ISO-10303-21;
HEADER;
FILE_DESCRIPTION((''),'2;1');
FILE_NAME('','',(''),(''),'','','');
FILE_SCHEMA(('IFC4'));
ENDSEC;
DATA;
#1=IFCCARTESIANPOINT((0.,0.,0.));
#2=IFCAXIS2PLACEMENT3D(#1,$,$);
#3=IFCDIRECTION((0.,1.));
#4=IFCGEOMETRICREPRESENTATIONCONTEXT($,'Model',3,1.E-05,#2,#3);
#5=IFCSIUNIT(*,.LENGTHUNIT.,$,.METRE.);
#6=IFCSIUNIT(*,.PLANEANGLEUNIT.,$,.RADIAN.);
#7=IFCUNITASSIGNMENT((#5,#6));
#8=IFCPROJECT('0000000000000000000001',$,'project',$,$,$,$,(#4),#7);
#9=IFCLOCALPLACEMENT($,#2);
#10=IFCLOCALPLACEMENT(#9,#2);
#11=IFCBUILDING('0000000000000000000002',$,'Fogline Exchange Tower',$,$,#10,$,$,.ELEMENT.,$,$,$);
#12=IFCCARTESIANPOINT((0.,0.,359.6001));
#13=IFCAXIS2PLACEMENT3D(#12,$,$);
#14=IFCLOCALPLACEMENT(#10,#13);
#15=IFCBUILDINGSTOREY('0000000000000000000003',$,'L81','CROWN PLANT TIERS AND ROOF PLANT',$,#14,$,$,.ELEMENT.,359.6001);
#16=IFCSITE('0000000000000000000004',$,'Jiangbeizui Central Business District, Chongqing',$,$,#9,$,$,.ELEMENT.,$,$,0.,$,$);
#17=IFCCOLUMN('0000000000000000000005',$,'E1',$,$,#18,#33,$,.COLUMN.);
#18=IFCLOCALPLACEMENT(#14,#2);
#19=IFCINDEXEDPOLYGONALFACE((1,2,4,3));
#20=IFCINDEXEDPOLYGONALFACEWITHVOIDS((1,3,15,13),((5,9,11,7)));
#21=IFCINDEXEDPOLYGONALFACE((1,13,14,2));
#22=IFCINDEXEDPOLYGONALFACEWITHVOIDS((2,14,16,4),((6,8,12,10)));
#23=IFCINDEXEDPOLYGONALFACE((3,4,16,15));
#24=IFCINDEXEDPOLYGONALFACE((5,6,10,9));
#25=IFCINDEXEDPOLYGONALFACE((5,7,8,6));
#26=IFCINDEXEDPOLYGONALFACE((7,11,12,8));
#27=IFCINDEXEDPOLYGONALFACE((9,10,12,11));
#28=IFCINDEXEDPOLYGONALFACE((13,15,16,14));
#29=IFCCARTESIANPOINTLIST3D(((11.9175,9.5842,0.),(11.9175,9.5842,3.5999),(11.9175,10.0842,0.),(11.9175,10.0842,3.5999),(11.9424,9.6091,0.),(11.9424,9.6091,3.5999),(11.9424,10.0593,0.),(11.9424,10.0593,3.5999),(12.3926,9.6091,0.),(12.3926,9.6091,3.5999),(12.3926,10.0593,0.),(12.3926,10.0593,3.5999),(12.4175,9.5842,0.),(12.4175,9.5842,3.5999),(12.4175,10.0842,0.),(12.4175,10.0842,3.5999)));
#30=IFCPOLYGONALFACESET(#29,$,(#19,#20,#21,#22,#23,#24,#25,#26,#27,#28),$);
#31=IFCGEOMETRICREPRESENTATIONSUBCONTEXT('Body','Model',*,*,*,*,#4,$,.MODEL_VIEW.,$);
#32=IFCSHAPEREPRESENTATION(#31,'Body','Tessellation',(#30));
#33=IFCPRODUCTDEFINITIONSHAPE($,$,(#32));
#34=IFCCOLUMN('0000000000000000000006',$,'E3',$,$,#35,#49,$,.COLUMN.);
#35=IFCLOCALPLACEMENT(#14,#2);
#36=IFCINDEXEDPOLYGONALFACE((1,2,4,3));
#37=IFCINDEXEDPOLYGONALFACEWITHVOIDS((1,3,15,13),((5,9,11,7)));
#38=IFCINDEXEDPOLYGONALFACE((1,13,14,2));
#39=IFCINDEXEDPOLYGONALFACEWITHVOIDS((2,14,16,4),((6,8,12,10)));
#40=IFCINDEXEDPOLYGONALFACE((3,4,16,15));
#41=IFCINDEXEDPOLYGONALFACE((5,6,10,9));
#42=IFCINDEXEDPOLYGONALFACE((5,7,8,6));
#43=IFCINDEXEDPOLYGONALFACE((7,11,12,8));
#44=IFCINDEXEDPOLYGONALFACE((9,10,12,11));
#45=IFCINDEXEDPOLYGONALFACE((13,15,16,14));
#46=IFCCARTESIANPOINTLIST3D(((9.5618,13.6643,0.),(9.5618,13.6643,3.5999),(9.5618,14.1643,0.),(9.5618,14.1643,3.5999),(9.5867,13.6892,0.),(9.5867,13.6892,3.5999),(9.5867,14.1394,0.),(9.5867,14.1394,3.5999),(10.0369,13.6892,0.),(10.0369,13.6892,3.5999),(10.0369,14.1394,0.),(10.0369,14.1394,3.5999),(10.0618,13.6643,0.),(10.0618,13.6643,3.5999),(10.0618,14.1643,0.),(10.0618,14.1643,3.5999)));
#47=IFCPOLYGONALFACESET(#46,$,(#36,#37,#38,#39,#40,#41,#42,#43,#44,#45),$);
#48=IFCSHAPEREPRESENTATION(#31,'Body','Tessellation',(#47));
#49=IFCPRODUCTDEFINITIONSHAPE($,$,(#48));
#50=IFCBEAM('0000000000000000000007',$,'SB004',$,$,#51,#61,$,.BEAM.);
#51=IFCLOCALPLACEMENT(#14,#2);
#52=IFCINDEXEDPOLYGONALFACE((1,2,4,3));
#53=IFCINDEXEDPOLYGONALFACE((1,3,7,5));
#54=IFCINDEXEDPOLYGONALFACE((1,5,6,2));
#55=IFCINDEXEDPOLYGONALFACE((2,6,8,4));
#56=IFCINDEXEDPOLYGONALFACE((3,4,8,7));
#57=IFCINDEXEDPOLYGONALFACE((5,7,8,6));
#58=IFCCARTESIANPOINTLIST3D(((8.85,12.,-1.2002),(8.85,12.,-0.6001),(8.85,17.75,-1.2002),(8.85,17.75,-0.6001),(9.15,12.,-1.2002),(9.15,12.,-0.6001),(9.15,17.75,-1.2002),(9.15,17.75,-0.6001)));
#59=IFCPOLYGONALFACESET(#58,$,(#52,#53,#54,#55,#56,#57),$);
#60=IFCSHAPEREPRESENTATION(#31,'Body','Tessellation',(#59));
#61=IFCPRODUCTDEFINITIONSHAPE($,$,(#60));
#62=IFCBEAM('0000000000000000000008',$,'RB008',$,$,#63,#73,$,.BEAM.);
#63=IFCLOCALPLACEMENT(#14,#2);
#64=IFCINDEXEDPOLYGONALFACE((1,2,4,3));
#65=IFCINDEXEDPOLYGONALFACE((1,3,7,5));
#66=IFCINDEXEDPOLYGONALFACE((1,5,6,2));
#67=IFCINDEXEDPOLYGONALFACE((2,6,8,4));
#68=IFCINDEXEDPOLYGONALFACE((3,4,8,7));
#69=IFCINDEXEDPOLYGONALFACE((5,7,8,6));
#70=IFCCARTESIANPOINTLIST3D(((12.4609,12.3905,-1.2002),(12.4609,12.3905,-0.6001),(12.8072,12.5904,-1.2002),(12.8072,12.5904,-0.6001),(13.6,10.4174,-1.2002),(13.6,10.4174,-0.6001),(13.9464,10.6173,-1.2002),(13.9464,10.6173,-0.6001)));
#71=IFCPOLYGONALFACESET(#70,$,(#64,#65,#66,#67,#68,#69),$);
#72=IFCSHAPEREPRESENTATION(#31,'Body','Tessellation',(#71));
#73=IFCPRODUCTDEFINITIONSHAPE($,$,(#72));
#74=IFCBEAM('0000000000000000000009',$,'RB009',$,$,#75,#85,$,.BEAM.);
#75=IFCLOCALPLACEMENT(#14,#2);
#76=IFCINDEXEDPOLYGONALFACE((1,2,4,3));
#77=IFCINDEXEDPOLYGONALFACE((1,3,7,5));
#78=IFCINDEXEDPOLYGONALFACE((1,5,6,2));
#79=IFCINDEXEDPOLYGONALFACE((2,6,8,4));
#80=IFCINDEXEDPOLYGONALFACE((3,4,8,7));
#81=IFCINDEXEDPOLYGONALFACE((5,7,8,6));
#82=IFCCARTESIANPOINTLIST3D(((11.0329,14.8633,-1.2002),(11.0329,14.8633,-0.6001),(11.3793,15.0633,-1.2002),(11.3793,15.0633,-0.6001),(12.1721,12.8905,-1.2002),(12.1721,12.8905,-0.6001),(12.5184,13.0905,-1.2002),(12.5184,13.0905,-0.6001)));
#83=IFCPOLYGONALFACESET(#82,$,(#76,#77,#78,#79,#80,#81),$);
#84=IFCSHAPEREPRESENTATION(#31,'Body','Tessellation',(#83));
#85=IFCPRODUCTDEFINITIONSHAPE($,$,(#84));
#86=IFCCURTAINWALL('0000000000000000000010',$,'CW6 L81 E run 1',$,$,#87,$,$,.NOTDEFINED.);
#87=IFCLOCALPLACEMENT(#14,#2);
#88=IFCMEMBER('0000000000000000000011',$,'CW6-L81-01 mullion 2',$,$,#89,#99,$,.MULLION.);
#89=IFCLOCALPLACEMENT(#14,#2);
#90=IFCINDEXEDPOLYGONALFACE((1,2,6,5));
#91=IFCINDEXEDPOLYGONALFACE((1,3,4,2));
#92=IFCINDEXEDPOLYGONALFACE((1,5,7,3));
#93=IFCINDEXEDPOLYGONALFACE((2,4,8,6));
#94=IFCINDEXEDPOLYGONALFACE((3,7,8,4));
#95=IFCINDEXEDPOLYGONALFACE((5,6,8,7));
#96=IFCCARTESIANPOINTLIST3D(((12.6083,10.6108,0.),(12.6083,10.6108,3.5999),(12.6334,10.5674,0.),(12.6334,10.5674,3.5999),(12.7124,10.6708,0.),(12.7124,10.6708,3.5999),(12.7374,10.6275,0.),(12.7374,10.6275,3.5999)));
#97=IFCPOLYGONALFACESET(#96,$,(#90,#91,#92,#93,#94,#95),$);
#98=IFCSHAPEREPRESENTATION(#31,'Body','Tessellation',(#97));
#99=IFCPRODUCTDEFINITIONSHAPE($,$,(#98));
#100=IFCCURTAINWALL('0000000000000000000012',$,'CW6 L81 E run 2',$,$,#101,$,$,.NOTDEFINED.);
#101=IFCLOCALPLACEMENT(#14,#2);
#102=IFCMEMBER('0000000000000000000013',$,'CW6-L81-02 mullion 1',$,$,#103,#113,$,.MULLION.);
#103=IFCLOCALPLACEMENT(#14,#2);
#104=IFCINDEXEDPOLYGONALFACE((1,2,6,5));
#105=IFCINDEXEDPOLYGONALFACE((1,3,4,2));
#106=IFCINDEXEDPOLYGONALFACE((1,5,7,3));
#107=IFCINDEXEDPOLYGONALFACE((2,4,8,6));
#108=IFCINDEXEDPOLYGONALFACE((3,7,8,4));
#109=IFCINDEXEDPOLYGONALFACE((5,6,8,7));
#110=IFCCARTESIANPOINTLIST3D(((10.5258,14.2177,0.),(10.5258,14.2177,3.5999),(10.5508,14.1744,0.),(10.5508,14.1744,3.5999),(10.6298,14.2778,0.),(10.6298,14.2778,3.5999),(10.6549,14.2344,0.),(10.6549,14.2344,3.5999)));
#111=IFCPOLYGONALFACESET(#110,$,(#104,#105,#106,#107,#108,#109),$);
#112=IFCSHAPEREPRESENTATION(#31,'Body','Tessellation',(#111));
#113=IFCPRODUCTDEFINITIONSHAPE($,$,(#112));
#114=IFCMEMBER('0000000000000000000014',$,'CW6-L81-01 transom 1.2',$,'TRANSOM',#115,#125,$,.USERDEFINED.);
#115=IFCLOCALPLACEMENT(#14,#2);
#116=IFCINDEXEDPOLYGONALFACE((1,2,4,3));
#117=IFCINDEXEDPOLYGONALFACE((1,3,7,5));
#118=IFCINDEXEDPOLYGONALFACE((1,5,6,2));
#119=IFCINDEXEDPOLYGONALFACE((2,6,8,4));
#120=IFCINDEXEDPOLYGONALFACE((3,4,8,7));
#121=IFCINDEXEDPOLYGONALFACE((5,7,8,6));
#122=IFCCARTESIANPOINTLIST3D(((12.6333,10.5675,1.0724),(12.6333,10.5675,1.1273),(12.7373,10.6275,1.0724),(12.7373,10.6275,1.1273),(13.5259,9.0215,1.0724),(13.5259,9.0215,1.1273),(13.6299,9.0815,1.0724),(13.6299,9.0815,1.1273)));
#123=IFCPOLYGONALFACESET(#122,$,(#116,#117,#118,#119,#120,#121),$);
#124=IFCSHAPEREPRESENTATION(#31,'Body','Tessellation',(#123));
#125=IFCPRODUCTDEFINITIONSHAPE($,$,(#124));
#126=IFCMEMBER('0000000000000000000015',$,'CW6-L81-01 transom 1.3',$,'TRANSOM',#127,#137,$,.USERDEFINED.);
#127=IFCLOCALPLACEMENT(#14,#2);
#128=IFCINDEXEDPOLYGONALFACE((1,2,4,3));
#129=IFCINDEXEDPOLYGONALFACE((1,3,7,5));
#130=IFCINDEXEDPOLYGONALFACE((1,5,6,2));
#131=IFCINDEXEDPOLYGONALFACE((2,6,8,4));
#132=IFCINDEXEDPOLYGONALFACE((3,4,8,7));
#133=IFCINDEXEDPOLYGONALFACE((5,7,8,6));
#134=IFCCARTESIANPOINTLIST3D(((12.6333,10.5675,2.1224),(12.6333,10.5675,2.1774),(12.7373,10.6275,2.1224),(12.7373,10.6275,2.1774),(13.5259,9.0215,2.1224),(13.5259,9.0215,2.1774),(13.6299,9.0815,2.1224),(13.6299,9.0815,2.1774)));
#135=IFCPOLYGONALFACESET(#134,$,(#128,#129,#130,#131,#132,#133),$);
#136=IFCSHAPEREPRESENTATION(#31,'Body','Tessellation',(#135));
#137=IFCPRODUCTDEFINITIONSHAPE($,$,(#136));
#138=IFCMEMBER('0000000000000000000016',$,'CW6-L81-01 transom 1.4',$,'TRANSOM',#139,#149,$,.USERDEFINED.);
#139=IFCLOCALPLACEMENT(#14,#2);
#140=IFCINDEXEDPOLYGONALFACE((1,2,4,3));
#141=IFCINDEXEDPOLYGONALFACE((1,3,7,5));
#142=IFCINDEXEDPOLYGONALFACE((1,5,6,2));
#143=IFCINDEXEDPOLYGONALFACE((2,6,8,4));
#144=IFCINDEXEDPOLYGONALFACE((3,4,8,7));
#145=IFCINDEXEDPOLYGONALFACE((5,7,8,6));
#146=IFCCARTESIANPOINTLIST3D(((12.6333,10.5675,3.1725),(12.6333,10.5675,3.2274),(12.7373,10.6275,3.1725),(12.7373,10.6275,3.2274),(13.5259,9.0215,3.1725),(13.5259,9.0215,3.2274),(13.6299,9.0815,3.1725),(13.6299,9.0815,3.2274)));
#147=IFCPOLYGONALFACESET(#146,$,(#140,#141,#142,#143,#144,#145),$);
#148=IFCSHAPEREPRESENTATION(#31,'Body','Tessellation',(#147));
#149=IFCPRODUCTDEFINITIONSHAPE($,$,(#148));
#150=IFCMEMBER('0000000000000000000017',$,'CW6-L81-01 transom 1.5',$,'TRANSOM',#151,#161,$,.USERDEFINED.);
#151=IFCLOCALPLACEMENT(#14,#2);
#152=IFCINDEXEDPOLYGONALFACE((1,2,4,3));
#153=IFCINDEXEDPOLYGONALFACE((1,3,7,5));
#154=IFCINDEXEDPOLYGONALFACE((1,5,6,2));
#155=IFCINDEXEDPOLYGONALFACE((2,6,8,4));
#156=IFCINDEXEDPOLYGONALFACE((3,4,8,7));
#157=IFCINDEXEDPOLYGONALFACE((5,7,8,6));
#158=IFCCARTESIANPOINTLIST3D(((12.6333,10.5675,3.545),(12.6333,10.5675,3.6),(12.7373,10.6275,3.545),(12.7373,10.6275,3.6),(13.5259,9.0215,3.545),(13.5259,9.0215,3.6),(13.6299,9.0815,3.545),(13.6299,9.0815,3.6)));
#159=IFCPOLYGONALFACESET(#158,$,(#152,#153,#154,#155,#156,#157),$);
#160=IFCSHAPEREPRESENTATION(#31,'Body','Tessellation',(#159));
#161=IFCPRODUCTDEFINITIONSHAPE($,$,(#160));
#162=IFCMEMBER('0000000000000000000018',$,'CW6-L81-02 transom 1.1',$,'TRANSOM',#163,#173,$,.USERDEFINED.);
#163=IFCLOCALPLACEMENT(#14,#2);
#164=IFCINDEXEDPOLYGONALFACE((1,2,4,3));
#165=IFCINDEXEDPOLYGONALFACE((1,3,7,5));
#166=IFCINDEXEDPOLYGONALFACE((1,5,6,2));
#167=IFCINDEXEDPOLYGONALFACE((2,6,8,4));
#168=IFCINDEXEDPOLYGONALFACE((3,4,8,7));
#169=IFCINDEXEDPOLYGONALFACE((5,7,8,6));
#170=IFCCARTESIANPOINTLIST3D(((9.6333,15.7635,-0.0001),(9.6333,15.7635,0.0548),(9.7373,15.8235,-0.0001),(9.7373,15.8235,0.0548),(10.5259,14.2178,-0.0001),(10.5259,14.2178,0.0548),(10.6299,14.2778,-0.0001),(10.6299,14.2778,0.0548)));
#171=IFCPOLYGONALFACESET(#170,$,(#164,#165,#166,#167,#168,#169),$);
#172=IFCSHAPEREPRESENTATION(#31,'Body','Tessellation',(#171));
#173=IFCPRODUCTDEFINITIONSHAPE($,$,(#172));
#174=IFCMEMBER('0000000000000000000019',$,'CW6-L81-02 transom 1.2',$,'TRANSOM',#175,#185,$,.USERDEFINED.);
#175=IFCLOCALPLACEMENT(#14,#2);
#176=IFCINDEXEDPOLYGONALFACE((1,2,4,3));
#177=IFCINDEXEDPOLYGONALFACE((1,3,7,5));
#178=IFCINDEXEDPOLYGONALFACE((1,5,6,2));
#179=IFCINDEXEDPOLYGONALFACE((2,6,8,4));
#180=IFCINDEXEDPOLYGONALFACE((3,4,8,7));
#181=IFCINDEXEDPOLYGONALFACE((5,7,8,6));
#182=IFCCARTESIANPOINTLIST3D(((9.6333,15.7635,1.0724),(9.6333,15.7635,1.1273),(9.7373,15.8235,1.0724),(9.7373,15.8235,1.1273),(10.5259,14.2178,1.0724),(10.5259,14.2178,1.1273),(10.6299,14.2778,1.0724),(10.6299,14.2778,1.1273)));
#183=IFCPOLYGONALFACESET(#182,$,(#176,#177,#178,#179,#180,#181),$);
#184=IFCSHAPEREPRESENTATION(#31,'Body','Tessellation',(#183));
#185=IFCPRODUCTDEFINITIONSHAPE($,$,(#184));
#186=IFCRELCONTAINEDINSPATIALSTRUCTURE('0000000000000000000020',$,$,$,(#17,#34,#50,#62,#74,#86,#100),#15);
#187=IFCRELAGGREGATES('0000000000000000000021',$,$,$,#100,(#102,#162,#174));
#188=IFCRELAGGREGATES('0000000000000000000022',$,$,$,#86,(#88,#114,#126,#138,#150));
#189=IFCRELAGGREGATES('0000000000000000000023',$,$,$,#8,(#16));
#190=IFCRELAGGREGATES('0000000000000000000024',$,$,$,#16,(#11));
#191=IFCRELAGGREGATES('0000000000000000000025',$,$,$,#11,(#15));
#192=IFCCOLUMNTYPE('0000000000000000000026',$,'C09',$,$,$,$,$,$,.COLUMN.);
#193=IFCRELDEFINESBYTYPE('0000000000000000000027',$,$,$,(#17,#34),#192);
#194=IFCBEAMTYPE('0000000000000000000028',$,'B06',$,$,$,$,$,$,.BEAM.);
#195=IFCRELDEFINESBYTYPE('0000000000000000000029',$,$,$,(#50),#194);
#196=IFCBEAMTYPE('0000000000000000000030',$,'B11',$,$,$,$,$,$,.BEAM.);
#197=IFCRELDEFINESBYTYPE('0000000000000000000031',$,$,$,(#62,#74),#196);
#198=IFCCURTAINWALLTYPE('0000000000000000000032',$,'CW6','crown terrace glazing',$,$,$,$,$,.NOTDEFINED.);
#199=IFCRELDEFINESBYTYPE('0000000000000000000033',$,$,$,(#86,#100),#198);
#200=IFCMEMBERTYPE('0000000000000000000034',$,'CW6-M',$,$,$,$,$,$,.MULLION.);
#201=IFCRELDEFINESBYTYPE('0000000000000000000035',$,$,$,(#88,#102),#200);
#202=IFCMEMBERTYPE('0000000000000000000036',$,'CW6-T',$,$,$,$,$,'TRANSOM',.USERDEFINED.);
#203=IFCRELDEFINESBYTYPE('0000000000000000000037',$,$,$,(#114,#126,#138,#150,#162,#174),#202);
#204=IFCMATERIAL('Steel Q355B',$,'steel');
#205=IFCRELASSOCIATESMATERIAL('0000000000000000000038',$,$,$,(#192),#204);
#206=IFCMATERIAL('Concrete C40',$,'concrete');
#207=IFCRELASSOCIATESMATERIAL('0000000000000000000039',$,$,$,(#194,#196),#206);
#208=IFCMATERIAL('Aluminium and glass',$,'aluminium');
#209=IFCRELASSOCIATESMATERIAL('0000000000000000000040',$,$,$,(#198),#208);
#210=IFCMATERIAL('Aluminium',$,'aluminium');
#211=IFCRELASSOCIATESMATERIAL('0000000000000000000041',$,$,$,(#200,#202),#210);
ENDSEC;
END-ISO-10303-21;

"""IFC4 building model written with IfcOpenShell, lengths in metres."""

from ifc_helpers import new_model, si_unit, direction, frame, origin, origin_2d, place, context, subcontext, project, spatial, rectangle, hollow_rectangle, extrude, material, material_profile, profile_set, type_object, element, aggregate, save


model = new_model("IFC4")

# Units and contexts
model_context = context("Model", 3, precision=1e-05, world=origin(), true_north=direction((0.0, 1.0)))
body_context = subcontext(model_context, "Body", "Model", "MODEL_VIEW")
ifc_project = project(units=[si_unit("LENGTHUNIT", "METRE"), si_unit("PLANEANGLEUNIT", "RADIAN")], contexts=[model_context])

# Site, building, storey
site_placement = place(None, origin())
site = spatial("IfcSite", under=ifc_project, at=site_placement, Name="Jiangbeizui Central Business District, Chongqing", CompositionType="ELEMENT", RefElevation=0.0)
building_placement = place(site_placement, origin())
building = spatial("IfcBuilding", under=site, at=building_placement, Name="Fogline Exchange Tower", CompositionType="ELEMENT")
storey_placement = place(building_placement, frame((0.0, 0.0, 359.6001)))
storey = spatial("IfcBuildingStorey", under=building, at=storey_placement, Name="L81", Description="CROWN PLANT TIERS AND ROOF PLANT", CompositionType="ELEMENT", Elevation=359.6001)

# Columns
ifc_material_1 = material(Name="Steel Q355B", Category="steel")
ifc_material_profile_1 = material_profile(ifc_material_1, hollow_rectangle(XDim=0.5, YDim=0.5, WallThickness=0.0249, at=origin_2d()), Name="BOX500X500X25")
ifc_profile_set_1 = profile_set([ifc_material_profile_1], Name="Steel Q355B")
column_type = type_object("IfcColumnType", Name="C09", PredefinedType="COLUMN", material=ifc_profile_set_1)
for number, where, z_axis, x_axis, name in (
    (1, (12.1675, 9.8342, 0.0), (0.0, 0.0, 1.0), (1.0, 0.0, 0.0), "E1"),
    (2, (9.8118, 13.9143, 0.0), (0.0, 0.0, 1.0), (1.0, 0.0, 0.0), "E3"),
):
    element("IfcColumn", number, at=place(storey_placement, frame(where, z_axis=z_axis, x_axis=x_axis)), inside=storey, type_object=column_type, Name=name, PredefinedType="COLUMN", context=body_context, shape_type="SweptSolid", body=[
        extrude(hollow_rectangle(XDim=0.5, YDim=0.5, WallThickness=0.0249, at=origin_2d()), origin(), (0.0, 0.0, 1.0), 3.5999),
    ])

# Beams
ifc_material_2 = material(Name="Concrete C40", Category="concrete")
ifc_material_profile_2 = material_profile(ifc_material_2, rectangle(XDim=0.3, YDim=0.6001, at=origin_2d()), Name="RC 300x600")
ifc_profile_set_2 = profile_set([ifc_material_profile_2], Name="Concrete C40")
beam_type_1 = type_object("IfcBeamType", Name="B06", PredefinedType="BEAM", material=ifc_profile_set_2)
beam_1_placement = place(storey_placement, frame((9.0, 12.0, -0.9001), z_axis=(0.0, 1.0, 0.0), x_axis=(-1.0, 0.0, 0.0)))
element("IfcBeam", 3, at=beam_1_placement, inside=storey, type_object=beam_type_1, Name="SB004", PredefinedType="BEAM", context=body_context, shape_type="SweptSolid", body=[
    extrude(rectangle(XDim=0.3, YDim=0.6001, at=origin_2d()), origin(), (0.0, 0.0, 1.0), 5.75),
])
ifc_material_profile_3 = material_profile(ifc_material_2, rectangle(XDim=0.3999, YDim=0.6001, at=origin_2d()), Name="RC 400x600")
ifc_profile_set_3 = profile_set([ifc_material_profile_3], Name="Concrete C40")
beam_type_2 = type_object("IfcBeamType", Name="B11", PredefinedType="BEAM", material=ifc_profile_set_3)
beam_2_placement = place(storey_placement, frame((13.7732, 10.5173, -0.9001), z_axis=(-0.499988, 0.866032, 0.0), x_axis=(-0.866032, -0.499988, 0.0)))
element("IfcBeam", 4, at=beam_2_placement, inside=storey, type_object=beam_type_2, Name="RB008", PredefinedType="BEAM", context=body_context, shape_type="SweptSolid", body=[
    extrude(rectangle(XDim=0.3999, YDim=0.6001, at=origin_2d()), origin(), (0.0, 0.0, 1.0), 2.2783),
])
beam_3_placement = place(storey_placement, frame((12.3452, 12.9905, -0.9001), z_axis=(-0.500035, 0.866005, 0.0), x_axis=(-0.866005, -0.500035, 0.0)))
element("IfcBeam", 5, at=beam_3_placement, inside=storey, type_object=beam_type_2, Name="RB009", PredefinedType="BEAM", context=body_context, shape_type="SweptSolid", body=[
    extrude(rectangle(XDim=0.3999, YDim=0.6001, at=origin_2d()), origin(), (0.0, 0.0, 1.0), 2.2781),
])

# Curtain walls, members
ifc_material_3 = material(Name="Aluminium and glass", Category="aluminium")
curtain_wall_type = type_object("IfcCurtainWallType", Name="CW6", Description="crown terrace glazing", PredefinedType="NOTDEFINED", material=ifc_material_3)
curtain_wall_1_placement = place(storey_placement, origin())
curtain_wall_1 = element("IfcCurtainWall", 6, at=curtain_wall_1_placement, inside=storey, type_object=curtain_wall_type, Name="CW6 L81 E run 1", PredefinedType="NOTDEFINED")
ifc_material_4 = material(Name="Aluminium", Category="aluminium")
ifc_material_profile_4 = material_profile(ifc_material_4, rectangle(XDim=0.1201, YDim=0.05, at=origin_2d()), Name="Mullion 50x120")
ifc_profile_set_4 = profile_set([ifc_material_profile_4], Name="Aluminium")
member_type_1 = type_object("IfcMemberType", Name="CW6-M", PredefinedType="MULLION", material=ifc_profile_set_4)
member_1_placement = place(storey_placement, frame((12.6729, 10.6191, 0.0), z_axis=(0.0, 0.0, 1.0), x_axis=(-0.866024, -0.500002, 0.0)))
member_1 = element("IfcMember", 7, at=member_1_placement, type_object=member_type_1, Name="CW6-L81-01 mullion 2", PredefinedType="MULLION", context=body_context, shape_type="SweptSolid", body=[
    extrude(rectangle(XDim=0.1201, YDim=0.05, at=origin_2d()), origin(), (0.0, 0.0, 1.0), 3.5999),
])
curtain_wall_2_placement = place(storey_placement, origin())
curtain_wall_2 = element("IfcCurtainWall", 8, at=curtain_wall_2_placement, inside=storey, type_object=curtain_wall_type, Name="CW6 L81 E run 2", PredefinedType="NOTDEFINED")
member_2_placement = place(storey_placement, frame((10.5903, 14.2261, 0.0), z_axis=(0.0, 0.0, 1.0), x_axis=(-0.866026, -0.5, 0.0)))
member_2 = element("IfcMember", 9, at=member_2_placement, type_object=member_type_1, Name="CW6-L81-02 mullion 1", PredefinedType="MULLION", context=body_context, shape_type="SweptSolid", body=[
    extrude(rectangle(XDim=0.1201, YDim=0.05, at=origin_2d()), origin(), (0.0, 0.0, 1.0), 3.5999),
])

# Members
ifc_material_profile_5 = material_profile(ifc_material_4, rectangle(XDim=0.1201, YDim=0.0549, at=origin_2d()), Name="Transom 55x120")
ifc_profile_set_5 = profile_set([ifc_material_profile_5], Name="Aluminium")
member_type_2 = type_object("IfcMemberType", Name="CW6-T", ElementType="TRANSOM", PredefinedType="USERDEFINED", material=ifc_profile_set_5)
member_3_placement = place(storey_placement, frame((13.5779, 9.0515, 1.0999), z_axis=(-0.500022, 0.866012, 0.0), x_axis=(-0.866012, -0.500022, 0.0)))
member_3 = element("IfcMember", 10, at=member_3_placement, type_object=member_type_2, Name="CW6-L81-01 transom 1.2", ObjectType="TRANSOM", PredefinedType="USERDEFINED", context=body_context, shape_type="SweptSolid", body=[
    extrude(rectangle(XDim=0.1201, YDim=0.0549, at=origin_2d()), origin(), (0.0, 0.0, 1.0), 1.7852),
])
member_4_placement = place(storey_placement, frame((13.5779, 9.0515, 2.1499), z_axis=(-0.500022, 0.866012, 0.0), x_axis=(-0.866012, -0.500022, 0.0)))
member_4 = element("IfcMember", 11, at=member_4_placement, type_object=member_type_2, Name="CW6-L81-01 transom 1.3", ObjectType="TRANSOM", PredefinedType="USERDEFINED", context=body_context, shape_type="SweptSolid", body=[
    extrude(rectangle(XDim=0.1201, YDim=0.0549, at=origin_2d()), origin(), (0.0, 0.0, 1.0), 1.7852),
])
member_5_placement = place(storey_placement, frame((13.5779, 9.0515, 3.2), z_axis=(-0.500022, 0.866012, 0.0), x_axis=(-0.866012, -0.500022, 0.0)))
member_5 = element("IfcMember", 12, at=member_5_placement, type_object=member_type_2, Name="CW6-L81-01 transom 1.4", ObjectType="TRANSOM", PredefinedType="USERDEFINED", context=body_context, shape_type="SweptSolid", body=[
    extrude(rectangle(XDim=0.1201, YDim=0.0549, at=origin_2d()), origin(), (0.0, 0.0, 1.0), 1.7852),
])
member_6_placement = place(storey_placement, frame((13.5779, 9.0515, 3.5725), z_axis=(-0.500022, 0.866012, 0.0), x_axis=(-0.866012, -0.500022, 0.0)))
member_6 = element("IfcMember", 13, at=member_6_placement, type_object=member_type_2, Name="CW6-L81-01 transom 1.5", ObjectType="TRANSOM", PredefinedType="USERDEFINED", context=body_context, shape_type="SweptSolid", body=[
    extrude(rectangle(XDim=0.1201, YDim=0.0549, at=origin_2d()), origin(), (0.0, 0.0, 1.0), 1.7852),
])
member_7_placement = place(storey_placement, frame((10.5779, 14.2478, 0.0273), z_axis=(-0.500082, 0.865978, 0.0), x_axis=(-0.865978, -0.500082, 0.0)))
member_7 = element("IfcMember", 14, at=member_7_placement, type_object=member_type_2, Name="CW6-L81-02 transom 1.1", ObjectType="TRANSOM", PredefinedType="USERDEFINED", context=body_context, shape_type="SweptSolid", body=[
    extrude(rectangle(XDim=0.1201, YDim=0.0549, at=origin_2d()), origin(), (0.0, 0.0, 1.0), 1.7849),
])
member_8_placement = place(storey_placement, frame((10.5779, 14.2478, 1.0999), z_axis=(-0.500082, 0.865978, 0.0), x_axis=(-0.865978, -0.500082, 0.0)))
member_8 = element("IfcMember", 15, at=member_8_placement, type_object=member_type_2, Name="CW6-L81-02 transom 1.2", ObjectType="TRANSOM", PredefinedType="USERDEFINED", context=body_context, shape_type="SweptSolid", body=[
    extrude(rectangle(XDim=0.1201, YDim=0.0549, at=origin_2d()), origin(), (0.0, 0.0, 1.0), 1.7849),
])
aggregate(curtain_wall_2, [member_2, member_7, member_8])

aggregate(curtain_wall_1, [member_1, member_3, member_4, member_5, member_6])

save(model, "model.ifc")
